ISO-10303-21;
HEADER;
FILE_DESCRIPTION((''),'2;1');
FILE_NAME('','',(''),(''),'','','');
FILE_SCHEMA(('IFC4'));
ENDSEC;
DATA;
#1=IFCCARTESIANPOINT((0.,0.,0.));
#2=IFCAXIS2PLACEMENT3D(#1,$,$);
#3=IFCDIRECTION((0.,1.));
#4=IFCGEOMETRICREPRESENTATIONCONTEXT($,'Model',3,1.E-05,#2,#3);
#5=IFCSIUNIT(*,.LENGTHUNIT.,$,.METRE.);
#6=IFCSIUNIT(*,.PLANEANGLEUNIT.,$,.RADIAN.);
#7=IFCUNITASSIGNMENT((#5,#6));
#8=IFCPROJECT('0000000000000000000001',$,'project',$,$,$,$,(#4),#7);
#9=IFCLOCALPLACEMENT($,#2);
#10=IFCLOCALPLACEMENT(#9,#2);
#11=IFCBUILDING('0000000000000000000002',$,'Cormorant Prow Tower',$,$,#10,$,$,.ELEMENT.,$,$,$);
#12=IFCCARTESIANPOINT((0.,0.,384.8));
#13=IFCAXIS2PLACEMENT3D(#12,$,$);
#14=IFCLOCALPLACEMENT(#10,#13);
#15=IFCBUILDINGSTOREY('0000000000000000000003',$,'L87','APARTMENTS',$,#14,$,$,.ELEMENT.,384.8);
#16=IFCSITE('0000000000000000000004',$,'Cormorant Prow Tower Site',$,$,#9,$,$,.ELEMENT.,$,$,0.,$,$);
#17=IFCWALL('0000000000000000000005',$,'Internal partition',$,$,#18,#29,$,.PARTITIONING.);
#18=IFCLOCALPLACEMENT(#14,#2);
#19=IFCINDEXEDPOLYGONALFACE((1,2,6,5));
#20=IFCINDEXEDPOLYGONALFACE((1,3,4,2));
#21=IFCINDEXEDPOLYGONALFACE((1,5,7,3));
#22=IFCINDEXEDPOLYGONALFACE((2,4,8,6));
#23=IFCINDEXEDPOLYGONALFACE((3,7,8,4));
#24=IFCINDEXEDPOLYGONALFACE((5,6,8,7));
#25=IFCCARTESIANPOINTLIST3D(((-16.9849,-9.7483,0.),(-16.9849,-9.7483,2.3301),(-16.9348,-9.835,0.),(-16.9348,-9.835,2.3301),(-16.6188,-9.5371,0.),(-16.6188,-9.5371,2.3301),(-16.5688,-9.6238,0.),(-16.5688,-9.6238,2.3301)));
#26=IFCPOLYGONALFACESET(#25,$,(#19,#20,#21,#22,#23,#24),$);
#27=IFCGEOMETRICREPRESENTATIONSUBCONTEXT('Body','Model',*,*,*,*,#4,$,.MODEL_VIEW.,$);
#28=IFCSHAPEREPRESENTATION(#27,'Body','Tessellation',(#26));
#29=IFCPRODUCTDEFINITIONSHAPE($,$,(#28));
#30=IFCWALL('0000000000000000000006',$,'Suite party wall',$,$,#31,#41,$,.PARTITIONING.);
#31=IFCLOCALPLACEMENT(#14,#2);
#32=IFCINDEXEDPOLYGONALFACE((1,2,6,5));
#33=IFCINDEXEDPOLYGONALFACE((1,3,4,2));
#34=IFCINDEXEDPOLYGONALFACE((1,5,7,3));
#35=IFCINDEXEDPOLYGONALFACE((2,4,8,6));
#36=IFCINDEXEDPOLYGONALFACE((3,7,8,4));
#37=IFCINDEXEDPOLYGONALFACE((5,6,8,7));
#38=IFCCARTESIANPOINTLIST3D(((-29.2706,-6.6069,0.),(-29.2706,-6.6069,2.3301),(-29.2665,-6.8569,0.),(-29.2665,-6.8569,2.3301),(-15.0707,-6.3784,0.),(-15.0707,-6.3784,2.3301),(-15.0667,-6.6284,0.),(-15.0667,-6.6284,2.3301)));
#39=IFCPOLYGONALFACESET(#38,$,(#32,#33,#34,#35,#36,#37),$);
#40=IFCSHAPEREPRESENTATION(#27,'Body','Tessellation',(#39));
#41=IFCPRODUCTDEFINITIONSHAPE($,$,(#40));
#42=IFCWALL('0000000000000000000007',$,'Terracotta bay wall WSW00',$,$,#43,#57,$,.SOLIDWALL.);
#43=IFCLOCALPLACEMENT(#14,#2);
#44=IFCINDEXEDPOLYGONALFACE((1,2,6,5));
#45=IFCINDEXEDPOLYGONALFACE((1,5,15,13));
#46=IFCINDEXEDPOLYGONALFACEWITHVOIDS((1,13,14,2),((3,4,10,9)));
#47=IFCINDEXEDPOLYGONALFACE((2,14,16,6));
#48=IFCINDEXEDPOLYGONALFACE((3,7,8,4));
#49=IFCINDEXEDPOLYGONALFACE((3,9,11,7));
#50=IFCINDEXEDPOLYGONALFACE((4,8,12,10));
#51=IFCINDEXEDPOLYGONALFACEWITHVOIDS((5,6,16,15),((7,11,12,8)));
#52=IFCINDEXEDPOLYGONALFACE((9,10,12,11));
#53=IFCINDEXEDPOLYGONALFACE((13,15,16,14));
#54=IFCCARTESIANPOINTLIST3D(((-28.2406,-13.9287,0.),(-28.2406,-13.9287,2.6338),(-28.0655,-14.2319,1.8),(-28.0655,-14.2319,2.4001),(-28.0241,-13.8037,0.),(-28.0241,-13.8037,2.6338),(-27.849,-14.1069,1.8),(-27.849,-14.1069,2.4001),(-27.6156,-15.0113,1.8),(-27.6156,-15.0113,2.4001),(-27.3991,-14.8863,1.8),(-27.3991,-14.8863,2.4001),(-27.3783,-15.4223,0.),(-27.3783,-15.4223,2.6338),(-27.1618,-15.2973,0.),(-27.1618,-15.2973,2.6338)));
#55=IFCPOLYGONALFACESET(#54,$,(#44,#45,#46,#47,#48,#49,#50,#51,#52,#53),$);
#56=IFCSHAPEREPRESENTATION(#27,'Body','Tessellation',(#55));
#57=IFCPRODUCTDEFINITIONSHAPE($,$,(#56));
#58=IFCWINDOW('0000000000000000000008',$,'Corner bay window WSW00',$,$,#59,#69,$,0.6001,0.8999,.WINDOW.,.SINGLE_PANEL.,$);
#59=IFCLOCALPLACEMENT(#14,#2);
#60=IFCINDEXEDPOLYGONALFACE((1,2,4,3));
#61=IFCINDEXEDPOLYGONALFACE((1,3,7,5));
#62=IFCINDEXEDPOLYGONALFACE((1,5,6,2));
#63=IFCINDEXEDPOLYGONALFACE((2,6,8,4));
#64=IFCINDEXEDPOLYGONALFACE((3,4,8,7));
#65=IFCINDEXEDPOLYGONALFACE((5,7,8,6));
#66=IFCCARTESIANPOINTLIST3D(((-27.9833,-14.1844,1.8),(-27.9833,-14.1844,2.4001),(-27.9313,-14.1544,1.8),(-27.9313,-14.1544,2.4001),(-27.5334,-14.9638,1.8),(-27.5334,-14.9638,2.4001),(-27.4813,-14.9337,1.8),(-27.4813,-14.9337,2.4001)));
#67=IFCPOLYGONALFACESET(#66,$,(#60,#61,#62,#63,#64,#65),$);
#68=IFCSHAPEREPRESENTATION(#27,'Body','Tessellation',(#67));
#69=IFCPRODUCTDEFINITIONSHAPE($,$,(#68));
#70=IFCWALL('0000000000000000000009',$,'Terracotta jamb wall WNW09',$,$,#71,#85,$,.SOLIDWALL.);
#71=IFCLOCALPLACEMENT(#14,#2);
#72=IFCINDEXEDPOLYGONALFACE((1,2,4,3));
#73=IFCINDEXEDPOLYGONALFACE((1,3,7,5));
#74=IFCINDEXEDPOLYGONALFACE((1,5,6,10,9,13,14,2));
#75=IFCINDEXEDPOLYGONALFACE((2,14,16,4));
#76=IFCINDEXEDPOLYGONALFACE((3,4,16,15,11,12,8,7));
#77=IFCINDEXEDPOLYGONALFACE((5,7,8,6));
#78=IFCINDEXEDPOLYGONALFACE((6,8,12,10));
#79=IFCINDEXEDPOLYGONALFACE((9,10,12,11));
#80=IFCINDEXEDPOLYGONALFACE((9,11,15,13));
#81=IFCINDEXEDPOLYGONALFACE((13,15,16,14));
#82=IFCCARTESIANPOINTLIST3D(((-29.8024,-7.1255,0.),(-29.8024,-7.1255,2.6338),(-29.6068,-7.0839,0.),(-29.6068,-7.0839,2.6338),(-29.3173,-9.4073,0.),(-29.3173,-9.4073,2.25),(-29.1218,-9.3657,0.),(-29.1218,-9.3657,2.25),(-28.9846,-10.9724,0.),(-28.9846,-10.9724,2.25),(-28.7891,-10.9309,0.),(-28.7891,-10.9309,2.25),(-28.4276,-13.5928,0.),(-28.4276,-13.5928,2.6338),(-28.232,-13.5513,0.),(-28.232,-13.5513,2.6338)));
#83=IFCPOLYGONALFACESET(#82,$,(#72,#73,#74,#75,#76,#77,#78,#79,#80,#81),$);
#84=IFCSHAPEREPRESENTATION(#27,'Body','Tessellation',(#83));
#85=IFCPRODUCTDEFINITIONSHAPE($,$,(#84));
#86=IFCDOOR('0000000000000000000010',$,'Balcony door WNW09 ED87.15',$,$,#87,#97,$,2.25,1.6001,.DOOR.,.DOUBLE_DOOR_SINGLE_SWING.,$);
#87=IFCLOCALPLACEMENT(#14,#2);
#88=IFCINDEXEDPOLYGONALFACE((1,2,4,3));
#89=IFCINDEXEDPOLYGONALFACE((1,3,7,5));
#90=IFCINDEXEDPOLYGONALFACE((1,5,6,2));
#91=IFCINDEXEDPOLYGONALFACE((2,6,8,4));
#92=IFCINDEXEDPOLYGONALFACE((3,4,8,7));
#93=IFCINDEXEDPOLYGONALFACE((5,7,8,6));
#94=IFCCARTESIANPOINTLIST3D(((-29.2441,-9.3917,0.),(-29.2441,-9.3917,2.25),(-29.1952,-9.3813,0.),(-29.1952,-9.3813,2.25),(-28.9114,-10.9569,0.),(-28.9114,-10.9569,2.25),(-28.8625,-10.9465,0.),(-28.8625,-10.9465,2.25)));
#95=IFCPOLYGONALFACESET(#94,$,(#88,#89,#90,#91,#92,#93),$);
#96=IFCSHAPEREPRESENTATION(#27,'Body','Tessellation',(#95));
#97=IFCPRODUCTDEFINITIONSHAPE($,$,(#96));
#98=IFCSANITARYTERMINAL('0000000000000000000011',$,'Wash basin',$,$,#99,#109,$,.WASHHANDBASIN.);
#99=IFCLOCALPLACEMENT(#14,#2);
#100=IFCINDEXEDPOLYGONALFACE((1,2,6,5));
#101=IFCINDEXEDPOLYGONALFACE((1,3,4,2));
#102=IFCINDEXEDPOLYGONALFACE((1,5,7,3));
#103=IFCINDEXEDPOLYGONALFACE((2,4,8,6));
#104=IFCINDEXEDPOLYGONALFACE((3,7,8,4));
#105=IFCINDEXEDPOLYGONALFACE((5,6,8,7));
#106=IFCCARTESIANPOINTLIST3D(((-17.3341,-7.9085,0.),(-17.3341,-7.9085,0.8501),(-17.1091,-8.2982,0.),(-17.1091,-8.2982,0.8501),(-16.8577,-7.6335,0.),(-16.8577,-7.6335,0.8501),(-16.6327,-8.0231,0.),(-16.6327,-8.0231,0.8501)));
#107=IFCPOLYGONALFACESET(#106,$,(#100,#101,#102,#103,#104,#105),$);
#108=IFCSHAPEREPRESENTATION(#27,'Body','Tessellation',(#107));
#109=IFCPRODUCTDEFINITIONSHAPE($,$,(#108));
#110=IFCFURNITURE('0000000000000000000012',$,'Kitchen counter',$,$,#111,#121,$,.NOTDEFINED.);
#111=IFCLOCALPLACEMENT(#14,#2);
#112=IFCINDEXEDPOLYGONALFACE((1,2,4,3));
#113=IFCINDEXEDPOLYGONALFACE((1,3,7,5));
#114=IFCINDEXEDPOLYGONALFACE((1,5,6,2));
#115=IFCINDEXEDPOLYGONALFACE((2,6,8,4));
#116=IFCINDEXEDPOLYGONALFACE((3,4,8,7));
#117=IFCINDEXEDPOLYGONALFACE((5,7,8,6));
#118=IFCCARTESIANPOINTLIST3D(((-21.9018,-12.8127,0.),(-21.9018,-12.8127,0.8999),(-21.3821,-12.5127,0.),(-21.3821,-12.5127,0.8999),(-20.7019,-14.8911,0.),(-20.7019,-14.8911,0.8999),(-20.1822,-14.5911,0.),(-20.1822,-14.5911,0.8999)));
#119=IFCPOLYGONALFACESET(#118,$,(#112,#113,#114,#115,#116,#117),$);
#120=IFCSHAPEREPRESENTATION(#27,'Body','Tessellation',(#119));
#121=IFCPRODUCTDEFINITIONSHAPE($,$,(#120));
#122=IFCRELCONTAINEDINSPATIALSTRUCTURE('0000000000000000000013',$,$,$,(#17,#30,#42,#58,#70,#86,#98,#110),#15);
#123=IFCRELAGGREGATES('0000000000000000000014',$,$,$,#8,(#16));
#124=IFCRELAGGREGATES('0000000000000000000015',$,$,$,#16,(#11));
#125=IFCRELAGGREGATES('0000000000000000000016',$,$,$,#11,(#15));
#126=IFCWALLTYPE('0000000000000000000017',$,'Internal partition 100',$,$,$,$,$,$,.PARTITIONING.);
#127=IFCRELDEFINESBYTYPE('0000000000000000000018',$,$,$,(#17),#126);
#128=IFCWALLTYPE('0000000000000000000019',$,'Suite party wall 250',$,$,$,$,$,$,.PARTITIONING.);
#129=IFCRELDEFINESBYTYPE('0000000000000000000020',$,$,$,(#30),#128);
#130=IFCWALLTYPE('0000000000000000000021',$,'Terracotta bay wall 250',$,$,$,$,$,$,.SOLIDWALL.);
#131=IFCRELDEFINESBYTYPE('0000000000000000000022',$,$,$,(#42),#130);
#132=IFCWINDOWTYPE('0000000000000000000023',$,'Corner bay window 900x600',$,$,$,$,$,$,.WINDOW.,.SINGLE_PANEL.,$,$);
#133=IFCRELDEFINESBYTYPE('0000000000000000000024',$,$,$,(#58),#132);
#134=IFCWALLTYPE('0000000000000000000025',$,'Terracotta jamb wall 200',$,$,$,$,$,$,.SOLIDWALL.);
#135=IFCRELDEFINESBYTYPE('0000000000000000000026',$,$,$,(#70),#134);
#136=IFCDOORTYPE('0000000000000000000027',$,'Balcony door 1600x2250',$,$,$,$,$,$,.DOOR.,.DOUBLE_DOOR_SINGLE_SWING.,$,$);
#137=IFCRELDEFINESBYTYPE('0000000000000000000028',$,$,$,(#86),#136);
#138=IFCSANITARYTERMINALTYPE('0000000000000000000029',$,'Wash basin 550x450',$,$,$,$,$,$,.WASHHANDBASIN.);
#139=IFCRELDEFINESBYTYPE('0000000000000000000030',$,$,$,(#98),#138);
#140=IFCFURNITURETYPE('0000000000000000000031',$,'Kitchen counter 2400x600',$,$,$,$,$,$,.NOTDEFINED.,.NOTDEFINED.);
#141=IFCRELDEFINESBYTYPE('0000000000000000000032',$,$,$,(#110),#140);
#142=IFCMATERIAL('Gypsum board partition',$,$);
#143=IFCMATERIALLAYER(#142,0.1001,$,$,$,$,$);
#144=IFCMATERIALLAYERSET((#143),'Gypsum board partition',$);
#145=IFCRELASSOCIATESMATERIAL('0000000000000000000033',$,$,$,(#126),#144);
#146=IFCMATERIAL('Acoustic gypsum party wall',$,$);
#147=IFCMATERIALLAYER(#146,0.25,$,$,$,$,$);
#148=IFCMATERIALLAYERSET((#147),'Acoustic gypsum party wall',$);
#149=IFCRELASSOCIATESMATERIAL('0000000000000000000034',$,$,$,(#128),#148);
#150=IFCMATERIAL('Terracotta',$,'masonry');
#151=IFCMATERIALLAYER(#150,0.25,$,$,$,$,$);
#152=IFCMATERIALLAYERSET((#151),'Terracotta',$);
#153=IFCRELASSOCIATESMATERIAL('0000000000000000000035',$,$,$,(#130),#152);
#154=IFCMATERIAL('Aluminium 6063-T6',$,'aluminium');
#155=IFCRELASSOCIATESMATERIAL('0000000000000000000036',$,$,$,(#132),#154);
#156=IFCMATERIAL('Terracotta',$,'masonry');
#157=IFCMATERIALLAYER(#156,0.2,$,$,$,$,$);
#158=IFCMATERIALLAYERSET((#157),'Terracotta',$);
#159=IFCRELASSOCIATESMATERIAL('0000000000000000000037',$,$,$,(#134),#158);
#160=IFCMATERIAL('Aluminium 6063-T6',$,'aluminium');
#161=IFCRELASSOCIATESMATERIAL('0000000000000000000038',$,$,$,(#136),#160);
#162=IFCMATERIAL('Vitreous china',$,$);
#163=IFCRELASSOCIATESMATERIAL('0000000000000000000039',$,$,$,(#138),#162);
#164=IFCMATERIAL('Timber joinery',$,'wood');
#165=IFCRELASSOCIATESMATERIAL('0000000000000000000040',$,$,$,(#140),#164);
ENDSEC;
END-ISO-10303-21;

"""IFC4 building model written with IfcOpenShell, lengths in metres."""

from ifc_helpers import new_model, si_unit, direction, frame, frame_2d, origin, origin_2d, place, context, subcontext, project, spatial, rectangle, extrude, material, layer, layer_set, type_object, element, fill, save


model = new_model("IFC4")

# Units and contexts
model_context = context("Model", 3, precision=1e-05, world=origin(), true_north=direction((0.0, 1.0)))
body_context = subcontext(model_context, "Body", "Model", "MODEL_VIEW")
ifc_project = project(units=[si_unit("LENGTHUNIT", "METRE"), si_unit("PLANEANGLEUNIT", "RADIAN")], contexts=[model_context])

# Site, building, storey
site_placement = place(None, origin())
site = spatial("IfcSite", under=ifc_project, at=site_placement, Name="Cormorant Prow Tower Site", CompositionType="ELEMENT", RefElevation=0.0)
building_placement = place(site_placement, origin())
building = spatial("IfcBuilding", under=site, at=building_placement, Name="Cormorant Prow Tower", CompositionType="ELEMENT")
storey_placement = place(building_placement, frame((0.0, 0.0, 384.8)))
storey = spatial("IfcBuildingStorey", under=building, at=storey_placement, Name="L87", Description="APARTMENTS", CompositionType="ELEMENT", Elevation=384.8)

# Shared definitions
ifc_material_1 = material(Name="Gypsum board partition")
ifc_layer_1 = layer(ifc_material_1, 0.1001)
ifc_layer_set_1 = layer_set([ifc_layer_1], Name="Gypsum board partition")
wall_type_1 = type_object("IfcWallType", Name="Internal partition 100", PredefinedType="PARTITIONING", material=ifc_layer_set_1)

# Walls
wall_1_placement = place(storey_placement, frame((-16.96, -9.7917, 0.0), z_axis=(0.0, 0.0, 1.0), x_axis=(0.866137, 0.499806, 0.0)))
element("IfcWall", 1, at=wall_1_placement, inside=storey, type_object=wall_type_1, Name="Internal partition", PredefinedType="PARTITIONING", context=body_context, shape_type="SweptSolid", body=[
    extrude(rectangle(XDim=0.4226, YDim=0.1001, at=frame_2d((0.2114, 0.0))), origin(), (0.0, 0.0, 1.0), 2.3301),
])
ifc_material_2 = material(Name="Acoustic gypsum party wall")
ifc_layer_2 = layer(ifc_material_2, 0.25)
ifc_layer_set_2 = layer_set([ifc_layer_2], Name="Acoustic gypsum party wall")
wall_type_2 = type_object("IfcWallType", Name="Suite party wall 250", PredefinedType="PARTITIONING", material=ifc_layer_set_2)
wall_2_placement = place(storey_placement, frame((-29.2686, -6.7319, 0.0), z_axis=(0.0, 0.0, 1.0), x_axis=(0.999871, 0.016091, 0.0)))
element("IfcWall", 2, at=wall_2_placement, inside=storey, type_object=wall_type_2, Name="Suite party wall", PredefinedType="PARTITIONING", context=body_context, shape_type="SweptSolid", body=[
    extrude(rectangle(XDim=14.2017, YDim=0.25, at=frame_2d((7.1008, 0.0))), origin(), (0.0, 0.0, 1.0), 2.3301),
])

# Wall, opening, window
ifc_material_3 = material(Name="Terracotta", Category="masonry")
ifc_layer_3 = layer(ifc_material_3, 0.25)
ifc_layer_set_3 = layer_set([ifc_layer_3], Name="Terracotta")
wall_type_3 = type_object("IfcWallType", Name="Terracotta bay wall 250", PredefinedType="SOLIDWALL", material=ifc_layer_set_3)
wall_3_placement = place(storey_placement, frame((-28.1323, -13.8662, 0.0), z_axis=(0.0, 0.0, 1.0), x_axis=(0.499976, -0.866039, 0.0)))
wall_3 = element("IfcWall", 3, at=wall_3_placement, inside=storey, type_object=wall_type_3, Name="Terracotta bay wall WSW00", PredefinedType="SOLIDWALL", context=body_context, shape_type="SweptSolid", body=[
    extrude(rectangle(XDim=1.7246, YDim=0.25, at=frame_2d((0.8623, 0.0))), origin(), (0.0, 0.0, 1.0), 2.6338),
])
opening_1_placement = place(wall_3_placement, frame((0.3501, 0.0, 1.8)))
opening_1 = element("IfcOpeningElement", 4, at=opening_1_placement, cuts=wall_3, PredefinedType="OPENING", context=body_context, shape_type="SweptSolid", body=[
    extrude(rectangle(XDim=0.8999, YDim=0.6001, at=frame_2d((0.45, 0.3))), frame((0.0, 0.135, 0.0), z_axis=(0.0, -1.0, 0.0), x_axis=(1.0, 0.0, 0.0)), (0.0, 0.0, 1.0), 0.27),
])
ifc_material_4 = material(Name="Aluminium 6063-T6", Category="aluminium")
window_type = type_object("IfcWindowType", Name="Corner bay window 900x600", PartitioningType="SINGLE_PANEL", PredefinedType="WINDOW", material=ifc_material_4)
window_placement = place(opening_1_placement, origin())
window = element("IfcWindow", 5, at=window_placement, inside=storey, type_object=window_type, Name="Corner bay window WSW00", OverallHeight=0.6001, OverallWidth=0.8999, PartitioningType="SINGLE_PANEL", PredefinedType="WINDOW", context=body_context, shape_type="SweptSolid", body=[
    extrude(rectangle(XDim=0.8999, YDim=0.6001, at=frame_2d((0.45, 0.3))), frame((0.0, 0.03, 0.0), z_axis=(0.0, -1.0, 0.0), x_axis=(1.0, 0.0, 0.0)), (0.0, 0.0, 1.0), 0.0601),
])
fill(opening_1, window)

# Wall, opening, door
ifc_material_5 = material(Name="Terracotta", Category="masonry")
ifc_layer_4 = layer(ifc_material_5, 0.2)
ifc_layer_set_4 = layer_set([ifc_layer_4], Name="Terracotta")
wall_type_4 = type_object("IfcWallType", Name="Terracotta jamb wall 200", PredefinedType="SOLIDWALL", material=ifc_layer_set_4)
wall_4_placement = place(storey_placement, frame((-29.7046, -7.1047, 0.0), z_axis=(0.0, 0.0, 1.0), x_axis=(0.207925, -0.978145, 0.0)))
wall_4 = element("IfcWall", 6, at=wall_4_placement, inside=storey, type_object=wall_type_4, Name="Terracotta jamb wall WNW09", PredefinedType="SOLIDWALL", context=body_context, shape_type="SweptSolid", body=[
    extrude(rectangle(XDim=6.6118, YDim=0.2, at=frame_2d((3.3059, 0.0))), origin(), (0.0, 0.0, 1.0), 2.6338),
])
opening_2_placement = place(wall_4_placement, frame((2.3328, 0.0, 0.0)))
opening_2 = element("IfcOpeningElement", 7, at=opening_2_placement, cuts=wall_4, PredefinedType="OPENING", context=body_context, shape_type="SweptSolid", body=[
    extrude(rectangle(XDim=1.6001, YDim=2.25, at=frame_2d((0.8, 1.125))), frame((0.0, 0.1099, 0.0), z_axis=(0.0, -1.0, 0.0), x_axis=(1.0, 0.0, 0.0)), (0.0, 0.0, 1.0), 0.22),
])
ifc_material_6 = material(Name="Aluminium 6063-T6", Category="aluminium")
door_type_1 = type_object("IfcDoorType", Name="Balcony door 1600x2250", OperationType="DOUBLE_DOOR_SINGLE_SWING", PredefinedType="DOOR", material=ifc_material_6)
door_1_placement = place(opening_2_placement, origin())
door_1 = element("IfcDoor", 8, at=door_1_placement, inside=storey, type_object=door_type_1, Name="Balcony door WNW09 ED87.15", OperationType="DOUBLE_DOOR_SINGLE_SWING", OverallHeight=2.25, OverallWidth=1.6001, PredefinedType="DOOR", context=body_context, shape_type="SweptSolid", body=[
    extrude(rectangle(XDim=1.6001, YDim=2.25, at=frame_2d((0.8, 1.125))), frame((0.0, 0.0249, 0.0), z_axis=(0.0, -1.0, 0.0), x_axis=(1.0, 0.0, 0.0)), (0.0, 0.0, 1.0), 0.05),
])
fill(opening_2, door_1)

# Sanitary terminal
ifc_material_7 = material(Name="Vitreous china")
sanitary_terminal_type = type_object("IfcSanitaryTerminalType", Name="Wash basin 550x450", PredefinedType="WASHHANDBASIN", material=ifc_material_7)
sanitary_terminal_placement = place(storey_placement, frame((-16.9834, -7.9658, 0.0), z_axis=(0.0, 0.0, 1.0), x_axis=(0.866025, 0.5, 0.0)))
element("IfcSanitaryTerminal", 9, at=sanitary_terminal_placement, inside=storey, type_object=sanitary_terminal_type, Name="Wash basin", PredefinedType="WASHHANDBASIN", context=body_context, shape_type="SweptSolid", body=[
    extrude(rectangle(XDim=0.55, YDim=0.45, at=origin_2d()), origin(), (0.0, 0.0, 1.0), 0.8501),
])

# Furniture
ifc_material_8 = material(Name="Timber joinery", Category="wood")
furniture_type = type_object("IfcFurnitureType", Name="Kitchen counter 2400x600", AssemblyPlace="NOTDEFINED", PredefinedType="NOTDEFINED", material=ifc_material_8)
furniture_placement = place(storey_placement, frame((-21.042, -13.7019, 0.0), z_axis=(0.0, 0.0, 1.0), x_axis=(0.5, -0.866025, 0.0)))
element("IfcFurniture", 10, at=furniture_placement, inside=storey, type_object=furniture_type, Name="Kitchen counter", PredefinedType="NOTDEFINED", context=body_context, shape_type="SweptSolid", body=[
    extrude(rectangle(XDim=2.3999, YDim=0.6001, at=origin_2d()), origin(), (0.0, 0.0, 1.0), 0.8999),
])

save(model, "model.ifc")
